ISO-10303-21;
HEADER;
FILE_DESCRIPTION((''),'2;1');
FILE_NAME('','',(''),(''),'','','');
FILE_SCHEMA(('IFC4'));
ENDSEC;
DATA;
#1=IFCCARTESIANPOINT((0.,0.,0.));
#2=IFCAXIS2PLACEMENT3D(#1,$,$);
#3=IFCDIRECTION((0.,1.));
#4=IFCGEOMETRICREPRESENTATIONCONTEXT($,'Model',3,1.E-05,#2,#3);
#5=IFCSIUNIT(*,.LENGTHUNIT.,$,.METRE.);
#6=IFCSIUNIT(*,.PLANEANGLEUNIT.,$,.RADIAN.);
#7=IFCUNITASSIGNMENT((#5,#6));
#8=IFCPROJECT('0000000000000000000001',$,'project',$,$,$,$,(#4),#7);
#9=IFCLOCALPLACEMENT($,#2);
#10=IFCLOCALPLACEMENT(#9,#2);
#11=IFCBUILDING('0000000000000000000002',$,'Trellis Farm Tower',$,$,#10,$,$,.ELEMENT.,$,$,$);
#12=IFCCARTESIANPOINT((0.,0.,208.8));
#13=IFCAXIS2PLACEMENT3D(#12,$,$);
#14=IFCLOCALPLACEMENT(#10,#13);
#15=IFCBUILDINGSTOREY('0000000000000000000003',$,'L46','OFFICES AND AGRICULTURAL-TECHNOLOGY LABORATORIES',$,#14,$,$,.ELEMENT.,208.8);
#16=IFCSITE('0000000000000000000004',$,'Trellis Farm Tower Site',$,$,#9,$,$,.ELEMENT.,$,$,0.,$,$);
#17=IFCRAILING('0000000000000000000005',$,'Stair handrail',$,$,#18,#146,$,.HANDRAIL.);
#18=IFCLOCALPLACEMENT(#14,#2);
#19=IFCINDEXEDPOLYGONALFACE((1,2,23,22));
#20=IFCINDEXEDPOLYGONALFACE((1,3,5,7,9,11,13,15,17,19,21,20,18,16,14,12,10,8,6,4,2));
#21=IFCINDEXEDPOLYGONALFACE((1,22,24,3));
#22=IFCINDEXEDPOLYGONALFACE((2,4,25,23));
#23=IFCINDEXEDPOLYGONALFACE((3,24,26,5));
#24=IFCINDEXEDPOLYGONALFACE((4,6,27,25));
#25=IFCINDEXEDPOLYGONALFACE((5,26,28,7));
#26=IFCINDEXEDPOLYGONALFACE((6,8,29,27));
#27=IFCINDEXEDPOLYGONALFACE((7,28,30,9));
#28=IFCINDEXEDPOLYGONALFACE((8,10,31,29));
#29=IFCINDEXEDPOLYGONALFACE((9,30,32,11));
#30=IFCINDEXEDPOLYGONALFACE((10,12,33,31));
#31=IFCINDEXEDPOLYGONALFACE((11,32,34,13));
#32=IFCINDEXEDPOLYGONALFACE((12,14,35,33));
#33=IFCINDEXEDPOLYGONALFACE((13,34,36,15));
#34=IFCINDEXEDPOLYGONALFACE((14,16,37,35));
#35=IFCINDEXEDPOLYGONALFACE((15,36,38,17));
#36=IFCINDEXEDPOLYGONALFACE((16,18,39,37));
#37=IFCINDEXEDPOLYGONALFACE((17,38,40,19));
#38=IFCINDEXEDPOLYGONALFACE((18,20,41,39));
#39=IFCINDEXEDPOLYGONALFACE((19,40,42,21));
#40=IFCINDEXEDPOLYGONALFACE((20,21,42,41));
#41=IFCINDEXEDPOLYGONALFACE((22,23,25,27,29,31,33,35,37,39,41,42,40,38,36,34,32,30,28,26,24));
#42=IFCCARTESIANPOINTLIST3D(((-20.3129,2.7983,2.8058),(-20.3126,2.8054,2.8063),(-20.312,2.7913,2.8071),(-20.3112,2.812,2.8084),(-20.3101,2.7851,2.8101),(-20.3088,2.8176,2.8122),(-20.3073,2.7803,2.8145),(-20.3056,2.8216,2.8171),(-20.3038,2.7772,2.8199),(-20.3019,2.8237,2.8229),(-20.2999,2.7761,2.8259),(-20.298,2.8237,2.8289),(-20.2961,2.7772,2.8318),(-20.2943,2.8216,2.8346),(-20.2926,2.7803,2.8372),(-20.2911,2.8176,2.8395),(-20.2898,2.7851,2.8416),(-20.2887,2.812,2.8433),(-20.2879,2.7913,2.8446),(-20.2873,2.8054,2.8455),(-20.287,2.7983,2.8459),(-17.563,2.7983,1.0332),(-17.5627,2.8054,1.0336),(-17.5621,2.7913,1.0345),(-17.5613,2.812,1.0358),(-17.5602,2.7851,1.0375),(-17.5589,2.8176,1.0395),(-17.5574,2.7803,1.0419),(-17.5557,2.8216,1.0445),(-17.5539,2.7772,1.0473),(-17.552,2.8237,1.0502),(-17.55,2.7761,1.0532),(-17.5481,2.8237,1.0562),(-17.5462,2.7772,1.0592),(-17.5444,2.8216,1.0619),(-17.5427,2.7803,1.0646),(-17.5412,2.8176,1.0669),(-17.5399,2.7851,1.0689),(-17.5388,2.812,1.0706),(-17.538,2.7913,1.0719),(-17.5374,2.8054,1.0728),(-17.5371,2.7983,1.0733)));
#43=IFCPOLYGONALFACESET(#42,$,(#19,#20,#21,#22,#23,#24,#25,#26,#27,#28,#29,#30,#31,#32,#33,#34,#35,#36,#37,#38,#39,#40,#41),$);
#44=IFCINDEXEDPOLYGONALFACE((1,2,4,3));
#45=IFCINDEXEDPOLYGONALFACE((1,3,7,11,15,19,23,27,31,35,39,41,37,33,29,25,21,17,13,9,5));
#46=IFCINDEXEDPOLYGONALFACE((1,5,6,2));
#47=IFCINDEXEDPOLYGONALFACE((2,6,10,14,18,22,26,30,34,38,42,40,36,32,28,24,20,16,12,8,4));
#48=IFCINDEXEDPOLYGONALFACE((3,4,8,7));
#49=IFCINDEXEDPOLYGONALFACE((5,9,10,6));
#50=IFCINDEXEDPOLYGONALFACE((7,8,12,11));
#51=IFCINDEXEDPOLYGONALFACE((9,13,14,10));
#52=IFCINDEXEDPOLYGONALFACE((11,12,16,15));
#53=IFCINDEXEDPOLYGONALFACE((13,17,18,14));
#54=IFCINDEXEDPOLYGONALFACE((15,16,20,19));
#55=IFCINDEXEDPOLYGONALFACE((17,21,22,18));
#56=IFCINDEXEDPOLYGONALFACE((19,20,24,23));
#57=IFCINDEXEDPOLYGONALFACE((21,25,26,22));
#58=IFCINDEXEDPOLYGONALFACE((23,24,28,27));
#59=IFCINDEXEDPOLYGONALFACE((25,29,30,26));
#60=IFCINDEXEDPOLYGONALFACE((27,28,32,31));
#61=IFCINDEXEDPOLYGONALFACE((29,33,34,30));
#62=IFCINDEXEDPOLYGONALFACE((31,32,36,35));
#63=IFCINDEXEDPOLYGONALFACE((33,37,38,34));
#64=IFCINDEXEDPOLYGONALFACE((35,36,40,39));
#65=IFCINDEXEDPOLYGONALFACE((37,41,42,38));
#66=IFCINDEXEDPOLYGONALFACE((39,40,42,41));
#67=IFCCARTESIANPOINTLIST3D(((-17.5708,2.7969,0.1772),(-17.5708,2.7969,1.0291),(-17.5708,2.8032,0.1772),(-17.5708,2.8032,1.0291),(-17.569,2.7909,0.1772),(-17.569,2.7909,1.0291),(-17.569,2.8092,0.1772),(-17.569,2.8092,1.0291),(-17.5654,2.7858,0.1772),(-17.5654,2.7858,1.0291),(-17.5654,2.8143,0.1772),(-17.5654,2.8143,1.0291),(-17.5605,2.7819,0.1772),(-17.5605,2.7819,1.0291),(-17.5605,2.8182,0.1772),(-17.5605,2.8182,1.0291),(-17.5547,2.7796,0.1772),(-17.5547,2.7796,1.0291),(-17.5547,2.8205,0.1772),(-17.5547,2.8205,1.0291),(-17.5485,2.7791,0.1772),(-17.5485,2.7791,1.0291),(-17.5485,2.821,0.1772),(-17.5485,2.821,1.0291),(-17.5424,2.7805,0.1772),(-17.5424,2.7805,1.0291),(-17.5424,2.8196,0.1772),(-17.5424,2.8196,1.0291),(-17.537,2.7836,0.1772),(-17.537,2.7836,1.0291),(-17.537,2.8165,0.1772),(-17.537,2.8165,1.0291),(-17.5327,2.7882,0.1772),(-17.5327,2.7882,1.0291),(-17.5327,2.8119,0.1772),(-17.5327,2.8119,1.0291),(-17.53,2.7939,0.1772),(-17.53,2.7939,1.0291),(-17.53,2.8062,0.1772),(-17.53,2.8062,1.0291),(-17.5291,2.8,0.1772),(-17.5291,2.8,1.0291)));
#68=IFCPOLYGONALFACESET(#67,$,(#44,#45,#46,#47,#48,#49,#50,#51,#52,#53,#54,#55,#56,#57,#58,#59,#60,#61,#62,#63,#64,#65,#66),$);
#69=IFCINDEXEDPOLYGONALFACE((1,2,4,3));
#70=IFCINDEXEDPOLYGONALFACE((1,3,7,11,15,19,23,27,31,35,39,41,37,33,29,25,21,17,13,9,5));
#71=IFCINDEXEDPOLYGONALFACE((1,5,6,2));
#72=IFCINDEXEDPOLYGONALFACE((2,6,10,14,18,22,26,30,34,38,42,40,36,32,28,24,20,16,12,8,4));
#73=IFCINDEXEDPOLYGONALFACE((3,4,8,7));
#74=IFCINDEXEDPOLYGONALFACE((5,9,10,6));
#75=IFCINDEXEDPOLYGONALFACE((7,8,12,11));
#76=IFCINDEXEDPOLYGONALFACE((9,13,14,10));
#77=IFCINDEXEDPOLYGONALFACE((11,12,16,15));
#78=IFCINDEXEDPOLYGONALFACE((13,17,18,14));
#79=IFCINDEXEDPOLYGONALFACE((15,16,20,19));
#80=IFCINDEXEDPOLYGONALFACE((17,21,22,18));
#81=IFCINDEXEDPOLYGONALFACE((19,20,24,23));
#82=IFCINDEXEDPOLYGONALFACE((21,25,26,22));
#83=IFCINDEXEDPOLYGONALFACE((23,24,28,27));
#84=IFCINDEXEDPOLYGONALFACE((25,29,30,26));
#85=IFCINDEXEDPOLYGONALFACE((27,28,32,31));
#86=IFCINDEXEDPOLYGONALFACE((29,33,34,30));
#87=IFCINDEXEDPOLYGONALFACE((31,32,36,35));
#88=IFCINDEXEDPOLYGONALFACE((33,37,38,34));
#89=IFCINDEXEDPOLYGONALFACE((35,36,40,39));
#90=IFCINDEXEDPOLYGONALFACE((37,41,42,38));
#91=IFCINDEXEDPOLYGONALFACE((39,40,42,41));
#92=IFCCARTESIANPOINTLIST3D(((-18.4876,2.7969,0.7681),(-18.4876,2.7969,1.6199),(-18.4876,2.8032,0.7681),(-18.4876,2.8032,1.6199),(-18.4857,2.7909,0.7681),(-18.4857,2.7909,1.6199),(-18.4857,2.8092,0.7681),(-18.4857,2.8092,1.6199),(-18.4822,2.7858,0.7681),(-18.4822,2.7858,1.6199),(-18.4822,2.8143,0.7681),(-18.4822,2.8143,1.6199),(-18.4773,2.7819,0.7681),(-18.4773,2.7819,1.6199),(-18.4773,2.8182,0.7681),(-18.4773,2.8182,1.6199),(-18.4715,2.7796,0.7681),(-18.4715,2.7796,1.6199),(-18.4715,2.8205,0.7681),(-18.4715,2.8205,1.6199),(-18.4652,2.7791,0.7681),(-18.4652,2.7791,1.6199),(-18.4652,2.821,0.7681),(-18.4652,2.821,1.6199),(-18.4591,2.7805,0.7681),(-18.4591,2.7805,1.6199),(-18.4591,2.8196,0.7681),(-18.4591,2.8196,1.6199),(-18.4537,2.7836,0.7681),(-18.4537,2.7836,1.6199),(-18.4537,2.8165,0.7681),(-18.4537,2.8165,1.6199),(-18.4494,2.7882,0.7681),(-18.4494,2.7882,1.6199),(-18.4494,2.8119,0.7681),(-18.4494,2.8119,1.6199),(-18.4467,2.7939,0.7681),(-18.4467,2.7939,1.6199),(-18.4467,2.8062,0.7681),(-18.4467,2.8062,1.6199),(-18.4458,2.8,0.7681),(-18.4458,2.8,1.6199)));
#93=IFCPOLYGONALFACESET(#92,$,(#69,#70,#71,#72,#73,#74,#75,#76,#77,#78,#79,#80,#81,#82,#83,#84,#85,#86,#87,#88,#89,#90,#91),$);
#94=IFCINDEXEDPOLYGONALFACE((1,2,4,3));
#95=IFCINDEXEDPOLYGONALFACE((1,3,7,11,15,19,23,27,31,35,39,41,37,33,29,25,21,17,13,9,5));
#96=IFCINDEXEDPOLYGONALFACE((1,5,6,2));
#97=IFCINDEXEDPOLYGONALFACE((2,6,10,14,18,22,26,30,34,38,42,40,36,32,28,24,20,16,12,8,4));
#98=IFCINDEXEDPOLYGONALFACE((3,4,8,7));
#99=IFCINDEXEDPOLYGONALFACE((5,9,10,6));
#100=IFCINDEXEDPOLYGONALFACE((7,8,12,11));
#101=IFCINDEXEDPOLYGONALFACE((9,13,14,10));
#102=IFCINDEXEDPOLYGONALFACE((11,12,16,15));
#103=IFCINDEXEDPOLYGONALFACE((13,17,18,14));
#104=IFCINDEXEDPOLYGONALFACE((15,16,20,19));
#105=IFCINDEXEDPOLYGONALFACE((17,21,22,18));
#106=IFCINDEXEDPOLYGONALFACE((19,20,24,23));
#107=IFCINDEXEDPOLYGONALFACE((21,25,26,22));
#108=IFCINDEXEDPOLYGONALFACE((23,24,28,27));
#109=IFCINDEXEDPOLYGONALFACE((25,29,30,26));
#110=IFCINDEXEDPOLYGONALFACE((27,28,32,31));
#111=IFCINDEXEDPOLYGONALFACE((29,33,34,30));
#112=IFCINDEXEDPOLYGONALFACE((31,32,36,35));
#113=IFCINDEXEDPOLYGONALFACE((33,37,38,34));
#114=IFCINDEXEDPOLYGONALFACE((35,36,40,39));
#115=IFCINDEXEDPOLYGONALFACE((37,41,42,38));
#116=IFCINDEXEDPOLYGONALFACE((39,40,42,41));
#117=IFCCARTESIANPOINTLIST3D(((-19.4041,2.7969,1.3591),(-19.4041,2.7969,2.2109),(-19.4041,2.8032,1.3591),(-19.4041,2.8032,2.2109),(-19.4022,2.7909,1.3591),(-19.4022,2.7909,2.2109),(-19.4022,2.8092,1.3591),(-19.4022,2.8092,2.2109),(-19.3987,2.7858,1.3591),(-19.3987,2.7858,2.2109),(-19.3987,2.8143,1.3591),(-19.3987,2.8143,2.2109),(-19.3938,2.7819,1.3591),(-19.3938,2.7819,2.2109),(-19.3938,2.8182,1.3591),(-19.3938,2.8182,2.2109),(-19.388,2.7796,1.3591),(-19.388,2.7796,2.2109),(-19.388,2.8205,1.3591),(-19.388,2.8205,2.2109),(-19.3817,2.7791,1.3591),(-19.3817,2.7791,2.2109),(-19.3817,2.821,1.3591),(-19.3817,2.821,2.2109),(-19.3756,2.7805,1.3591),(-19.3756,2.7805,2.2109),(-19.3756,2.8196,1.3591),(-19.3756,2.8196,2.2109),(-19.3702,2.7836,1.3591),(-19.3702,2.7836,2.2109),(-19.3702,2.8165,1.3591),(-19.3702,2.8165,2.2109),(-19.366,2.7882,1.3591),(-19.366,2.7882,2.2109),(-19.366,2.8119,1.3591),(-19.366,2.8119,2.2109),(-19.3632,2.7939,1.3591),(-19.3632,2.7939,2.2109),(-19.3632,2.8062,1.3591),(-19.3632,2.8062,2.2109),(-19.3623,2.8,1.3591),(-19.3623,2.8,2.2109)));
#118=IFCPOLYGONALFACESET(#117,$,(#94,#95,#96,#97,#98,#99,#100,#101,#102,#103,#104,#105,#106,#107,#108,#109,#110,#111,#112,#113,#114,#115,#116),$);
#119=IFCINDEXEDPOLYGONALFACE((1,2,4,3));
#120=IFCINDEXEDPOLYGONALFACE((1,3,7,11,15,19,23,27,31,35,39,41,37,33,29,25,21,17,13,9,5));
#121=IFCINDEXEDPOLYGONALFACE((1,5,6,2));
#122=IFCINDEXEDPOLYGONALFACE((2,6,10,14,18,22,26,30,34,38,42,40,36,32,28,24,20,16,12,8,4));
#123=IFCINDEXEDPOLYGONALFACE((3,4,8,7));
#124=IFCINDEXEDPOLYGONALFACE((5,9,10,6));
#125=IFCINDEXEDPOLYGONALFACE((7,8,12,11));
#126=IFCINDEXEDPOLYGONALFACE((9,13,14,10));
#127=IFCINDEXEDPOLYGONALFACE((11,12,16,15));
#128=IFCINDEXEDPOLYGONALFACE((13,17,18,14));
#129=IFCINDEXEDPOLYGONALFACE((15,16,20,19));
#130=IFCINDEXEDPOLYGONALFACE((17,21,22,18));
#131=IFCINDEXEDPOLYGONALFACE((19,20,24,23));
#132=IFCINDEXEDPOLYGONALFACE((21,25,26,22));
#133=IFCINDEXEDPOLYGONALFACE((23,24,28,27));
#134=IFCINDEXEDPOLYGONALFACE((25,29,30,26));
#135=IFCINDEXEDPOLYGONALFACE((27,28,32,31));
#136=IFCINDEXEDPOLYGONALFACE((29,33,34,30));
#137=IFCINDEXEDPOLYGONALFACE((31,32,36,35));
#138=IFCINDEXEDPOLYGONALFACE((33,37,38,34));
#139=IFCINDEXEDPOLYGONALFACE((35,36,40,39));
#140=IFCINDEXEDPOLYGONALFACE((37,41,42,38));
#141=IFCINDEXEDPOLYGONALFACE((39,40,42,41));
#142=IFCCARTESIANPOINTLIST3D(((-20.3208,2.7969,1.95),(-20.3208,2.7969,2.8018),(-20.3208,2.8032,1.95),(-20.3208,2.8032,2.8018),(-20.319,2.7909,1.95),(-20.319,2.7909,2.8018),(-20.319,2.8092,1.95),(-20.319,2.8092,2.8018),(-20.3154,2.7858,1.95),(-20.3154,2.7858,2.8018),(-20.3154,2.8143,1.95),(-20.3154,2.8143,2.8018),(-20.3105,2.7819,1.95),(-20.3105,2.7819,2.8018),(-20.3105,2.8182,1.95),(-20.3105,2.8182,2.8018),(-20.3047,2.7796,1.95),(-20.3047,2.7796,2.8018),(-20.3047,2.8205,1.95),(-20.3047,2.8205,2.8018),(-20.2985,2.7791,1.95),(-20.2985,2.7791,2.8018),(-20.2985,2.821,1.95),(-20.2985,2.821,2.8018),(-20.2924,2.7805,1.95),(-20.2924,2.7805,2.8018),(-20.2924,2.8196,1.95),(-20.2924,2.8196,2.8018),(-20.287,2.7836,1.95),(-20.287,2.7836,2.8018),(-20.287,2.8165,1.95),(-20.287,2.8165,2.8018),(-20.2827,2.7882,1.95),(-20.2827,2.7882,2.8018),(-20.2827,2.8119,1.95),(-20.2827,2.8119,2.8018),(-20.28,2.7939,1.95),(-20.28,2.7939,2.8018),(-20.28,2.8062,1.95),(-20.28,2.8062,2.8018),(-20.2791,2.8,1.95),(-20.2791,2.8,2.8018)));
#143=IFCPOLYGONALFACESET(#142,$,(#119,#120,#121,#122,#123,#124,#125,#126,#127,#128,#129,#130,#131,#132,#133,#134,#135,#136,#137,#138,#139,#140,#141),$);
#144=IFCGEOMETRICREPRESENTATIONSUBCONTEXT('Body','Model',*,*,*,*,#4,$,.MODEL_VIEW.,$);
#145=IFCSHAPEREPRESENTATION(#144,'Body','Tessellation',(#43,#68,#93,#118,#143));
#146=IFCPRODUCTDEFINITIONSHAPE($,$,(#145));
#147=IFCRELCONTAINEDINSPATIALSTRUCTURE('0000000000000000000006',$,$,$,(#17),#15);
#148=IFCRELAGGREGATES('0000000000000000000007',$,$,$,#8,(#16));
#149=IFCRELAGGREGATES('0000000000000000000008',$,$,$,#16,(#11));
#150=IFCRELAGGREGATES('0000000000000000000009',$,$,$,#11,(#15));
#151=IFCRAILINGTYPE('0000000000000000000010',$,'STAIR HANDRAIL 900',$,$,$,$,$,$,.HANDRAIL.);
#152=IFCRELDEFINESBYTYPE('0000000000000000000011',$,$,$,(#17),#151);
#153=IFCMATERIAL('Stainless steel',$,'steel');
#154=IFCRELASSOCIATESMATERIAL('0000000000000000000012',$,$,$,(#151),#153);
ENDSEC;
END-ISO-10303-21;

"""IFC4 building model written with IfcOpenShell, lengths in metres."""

from ifc_helpers import new_model, si_unit, direction, frame, origin, origin_2d, place, context, subcontext, project, spatial, circle, extrude, source, transform, mapped, material, type_object, element, save


model = new_model("IFC4")

# Units and contexts
model_context = context("Model", 3, precision=1e-05, world=origin(), true_north=direction((0.0, 1.0)))
body_context = subcontext(model_context, "Body", "Model", "MODEL_VIEW")
ifc_project = project(units=[si_unit("LENGTHUNIT", "METRE"), si_unit("PLANEANGLEUNIT", "RADIAN")], contexts=[model_context])

# Site, building, storey
site_placement = place(None, origin())
site = spatial("IfcSite", under=ifc_project, at=site_placement, Name="Trellis Farm Tower Site", CompositionType="ELEMENT", RefElevation=0.0)
building_placement = place(site_placement, origin())
building = spatial("IfcBuilding", under=site, at=building_placement, Name="Trellis Farm Tower", CompositionType="ELEMENT")
storey_placement = place(building_placement, frame((0.0, 0.0, 208.8)))
storey = spatial("IfcBuildingStorey", under=building, at=storey_placement, Name="L46", Description="OFFICES AND AGRICULTURAL-TECHNOLOGY LABORATORIES", CompositionType="ELEMENT", Elevation=208.8)

# Railing
ifc_material_1 = material(Name="Stainless steel", Category="steel")
railing_type_1 = type_object("IfcRailingType", Name="STAIR HANDRAIL 900", PredefinedType="HANDRAIL", material=ifc_material_1)
shared_shape_1 = source(origin(), body_context, "Body", "SweptSolid", [
    extrude(circle(Radius=0.0239, at=origin_2d()), frame((0.0, 0.0, 0.876), z_axis=(-0.840504, 0.0, 0.541806), x_axis=(0.0, -1.0, 0.0)), (0.0, 0.0, 1.0), 3.2717),
    extrude(circle(Radius=0.021, at=origin_2d()), origin(), (0.0, 0.0, 1.0), 0.8518),
    extrude(circle(Radius=0.021, at=origin_2d()), frame((-0.9167, 0.0, 0.5908)), (0.0, 0.0, 1.0), 0.8518),
    extrude(circle(Radius=0.021, at=origin_2d()), frame((-1.8333, 0.0, 1.1819)), (0.0, 0.0, 1.0), 0.8518),
    extrude(circle(Radius=0.021, at=origin_2d()), frame((-2.75, 0.0, 1.7727)), (0.0, 0.0, 1.0), 0.8518),
])
for number, where, name in (
    (1, (-17.55, 2.8, 0.1772), "Stair handrail"),
):
    element("IfcRailing", number, at=place(storey_placement, frame(where)), inside=storey, type_object=railing_type_1, Name=name, PredefinedType="HANDRAIL", context=body_context, shape_type="MappedRepresentation", body=[
        mapped(shared_shape_1, transform((0.0, 0.0, 0.0))),
    ])

save(model, "model.ifc")
